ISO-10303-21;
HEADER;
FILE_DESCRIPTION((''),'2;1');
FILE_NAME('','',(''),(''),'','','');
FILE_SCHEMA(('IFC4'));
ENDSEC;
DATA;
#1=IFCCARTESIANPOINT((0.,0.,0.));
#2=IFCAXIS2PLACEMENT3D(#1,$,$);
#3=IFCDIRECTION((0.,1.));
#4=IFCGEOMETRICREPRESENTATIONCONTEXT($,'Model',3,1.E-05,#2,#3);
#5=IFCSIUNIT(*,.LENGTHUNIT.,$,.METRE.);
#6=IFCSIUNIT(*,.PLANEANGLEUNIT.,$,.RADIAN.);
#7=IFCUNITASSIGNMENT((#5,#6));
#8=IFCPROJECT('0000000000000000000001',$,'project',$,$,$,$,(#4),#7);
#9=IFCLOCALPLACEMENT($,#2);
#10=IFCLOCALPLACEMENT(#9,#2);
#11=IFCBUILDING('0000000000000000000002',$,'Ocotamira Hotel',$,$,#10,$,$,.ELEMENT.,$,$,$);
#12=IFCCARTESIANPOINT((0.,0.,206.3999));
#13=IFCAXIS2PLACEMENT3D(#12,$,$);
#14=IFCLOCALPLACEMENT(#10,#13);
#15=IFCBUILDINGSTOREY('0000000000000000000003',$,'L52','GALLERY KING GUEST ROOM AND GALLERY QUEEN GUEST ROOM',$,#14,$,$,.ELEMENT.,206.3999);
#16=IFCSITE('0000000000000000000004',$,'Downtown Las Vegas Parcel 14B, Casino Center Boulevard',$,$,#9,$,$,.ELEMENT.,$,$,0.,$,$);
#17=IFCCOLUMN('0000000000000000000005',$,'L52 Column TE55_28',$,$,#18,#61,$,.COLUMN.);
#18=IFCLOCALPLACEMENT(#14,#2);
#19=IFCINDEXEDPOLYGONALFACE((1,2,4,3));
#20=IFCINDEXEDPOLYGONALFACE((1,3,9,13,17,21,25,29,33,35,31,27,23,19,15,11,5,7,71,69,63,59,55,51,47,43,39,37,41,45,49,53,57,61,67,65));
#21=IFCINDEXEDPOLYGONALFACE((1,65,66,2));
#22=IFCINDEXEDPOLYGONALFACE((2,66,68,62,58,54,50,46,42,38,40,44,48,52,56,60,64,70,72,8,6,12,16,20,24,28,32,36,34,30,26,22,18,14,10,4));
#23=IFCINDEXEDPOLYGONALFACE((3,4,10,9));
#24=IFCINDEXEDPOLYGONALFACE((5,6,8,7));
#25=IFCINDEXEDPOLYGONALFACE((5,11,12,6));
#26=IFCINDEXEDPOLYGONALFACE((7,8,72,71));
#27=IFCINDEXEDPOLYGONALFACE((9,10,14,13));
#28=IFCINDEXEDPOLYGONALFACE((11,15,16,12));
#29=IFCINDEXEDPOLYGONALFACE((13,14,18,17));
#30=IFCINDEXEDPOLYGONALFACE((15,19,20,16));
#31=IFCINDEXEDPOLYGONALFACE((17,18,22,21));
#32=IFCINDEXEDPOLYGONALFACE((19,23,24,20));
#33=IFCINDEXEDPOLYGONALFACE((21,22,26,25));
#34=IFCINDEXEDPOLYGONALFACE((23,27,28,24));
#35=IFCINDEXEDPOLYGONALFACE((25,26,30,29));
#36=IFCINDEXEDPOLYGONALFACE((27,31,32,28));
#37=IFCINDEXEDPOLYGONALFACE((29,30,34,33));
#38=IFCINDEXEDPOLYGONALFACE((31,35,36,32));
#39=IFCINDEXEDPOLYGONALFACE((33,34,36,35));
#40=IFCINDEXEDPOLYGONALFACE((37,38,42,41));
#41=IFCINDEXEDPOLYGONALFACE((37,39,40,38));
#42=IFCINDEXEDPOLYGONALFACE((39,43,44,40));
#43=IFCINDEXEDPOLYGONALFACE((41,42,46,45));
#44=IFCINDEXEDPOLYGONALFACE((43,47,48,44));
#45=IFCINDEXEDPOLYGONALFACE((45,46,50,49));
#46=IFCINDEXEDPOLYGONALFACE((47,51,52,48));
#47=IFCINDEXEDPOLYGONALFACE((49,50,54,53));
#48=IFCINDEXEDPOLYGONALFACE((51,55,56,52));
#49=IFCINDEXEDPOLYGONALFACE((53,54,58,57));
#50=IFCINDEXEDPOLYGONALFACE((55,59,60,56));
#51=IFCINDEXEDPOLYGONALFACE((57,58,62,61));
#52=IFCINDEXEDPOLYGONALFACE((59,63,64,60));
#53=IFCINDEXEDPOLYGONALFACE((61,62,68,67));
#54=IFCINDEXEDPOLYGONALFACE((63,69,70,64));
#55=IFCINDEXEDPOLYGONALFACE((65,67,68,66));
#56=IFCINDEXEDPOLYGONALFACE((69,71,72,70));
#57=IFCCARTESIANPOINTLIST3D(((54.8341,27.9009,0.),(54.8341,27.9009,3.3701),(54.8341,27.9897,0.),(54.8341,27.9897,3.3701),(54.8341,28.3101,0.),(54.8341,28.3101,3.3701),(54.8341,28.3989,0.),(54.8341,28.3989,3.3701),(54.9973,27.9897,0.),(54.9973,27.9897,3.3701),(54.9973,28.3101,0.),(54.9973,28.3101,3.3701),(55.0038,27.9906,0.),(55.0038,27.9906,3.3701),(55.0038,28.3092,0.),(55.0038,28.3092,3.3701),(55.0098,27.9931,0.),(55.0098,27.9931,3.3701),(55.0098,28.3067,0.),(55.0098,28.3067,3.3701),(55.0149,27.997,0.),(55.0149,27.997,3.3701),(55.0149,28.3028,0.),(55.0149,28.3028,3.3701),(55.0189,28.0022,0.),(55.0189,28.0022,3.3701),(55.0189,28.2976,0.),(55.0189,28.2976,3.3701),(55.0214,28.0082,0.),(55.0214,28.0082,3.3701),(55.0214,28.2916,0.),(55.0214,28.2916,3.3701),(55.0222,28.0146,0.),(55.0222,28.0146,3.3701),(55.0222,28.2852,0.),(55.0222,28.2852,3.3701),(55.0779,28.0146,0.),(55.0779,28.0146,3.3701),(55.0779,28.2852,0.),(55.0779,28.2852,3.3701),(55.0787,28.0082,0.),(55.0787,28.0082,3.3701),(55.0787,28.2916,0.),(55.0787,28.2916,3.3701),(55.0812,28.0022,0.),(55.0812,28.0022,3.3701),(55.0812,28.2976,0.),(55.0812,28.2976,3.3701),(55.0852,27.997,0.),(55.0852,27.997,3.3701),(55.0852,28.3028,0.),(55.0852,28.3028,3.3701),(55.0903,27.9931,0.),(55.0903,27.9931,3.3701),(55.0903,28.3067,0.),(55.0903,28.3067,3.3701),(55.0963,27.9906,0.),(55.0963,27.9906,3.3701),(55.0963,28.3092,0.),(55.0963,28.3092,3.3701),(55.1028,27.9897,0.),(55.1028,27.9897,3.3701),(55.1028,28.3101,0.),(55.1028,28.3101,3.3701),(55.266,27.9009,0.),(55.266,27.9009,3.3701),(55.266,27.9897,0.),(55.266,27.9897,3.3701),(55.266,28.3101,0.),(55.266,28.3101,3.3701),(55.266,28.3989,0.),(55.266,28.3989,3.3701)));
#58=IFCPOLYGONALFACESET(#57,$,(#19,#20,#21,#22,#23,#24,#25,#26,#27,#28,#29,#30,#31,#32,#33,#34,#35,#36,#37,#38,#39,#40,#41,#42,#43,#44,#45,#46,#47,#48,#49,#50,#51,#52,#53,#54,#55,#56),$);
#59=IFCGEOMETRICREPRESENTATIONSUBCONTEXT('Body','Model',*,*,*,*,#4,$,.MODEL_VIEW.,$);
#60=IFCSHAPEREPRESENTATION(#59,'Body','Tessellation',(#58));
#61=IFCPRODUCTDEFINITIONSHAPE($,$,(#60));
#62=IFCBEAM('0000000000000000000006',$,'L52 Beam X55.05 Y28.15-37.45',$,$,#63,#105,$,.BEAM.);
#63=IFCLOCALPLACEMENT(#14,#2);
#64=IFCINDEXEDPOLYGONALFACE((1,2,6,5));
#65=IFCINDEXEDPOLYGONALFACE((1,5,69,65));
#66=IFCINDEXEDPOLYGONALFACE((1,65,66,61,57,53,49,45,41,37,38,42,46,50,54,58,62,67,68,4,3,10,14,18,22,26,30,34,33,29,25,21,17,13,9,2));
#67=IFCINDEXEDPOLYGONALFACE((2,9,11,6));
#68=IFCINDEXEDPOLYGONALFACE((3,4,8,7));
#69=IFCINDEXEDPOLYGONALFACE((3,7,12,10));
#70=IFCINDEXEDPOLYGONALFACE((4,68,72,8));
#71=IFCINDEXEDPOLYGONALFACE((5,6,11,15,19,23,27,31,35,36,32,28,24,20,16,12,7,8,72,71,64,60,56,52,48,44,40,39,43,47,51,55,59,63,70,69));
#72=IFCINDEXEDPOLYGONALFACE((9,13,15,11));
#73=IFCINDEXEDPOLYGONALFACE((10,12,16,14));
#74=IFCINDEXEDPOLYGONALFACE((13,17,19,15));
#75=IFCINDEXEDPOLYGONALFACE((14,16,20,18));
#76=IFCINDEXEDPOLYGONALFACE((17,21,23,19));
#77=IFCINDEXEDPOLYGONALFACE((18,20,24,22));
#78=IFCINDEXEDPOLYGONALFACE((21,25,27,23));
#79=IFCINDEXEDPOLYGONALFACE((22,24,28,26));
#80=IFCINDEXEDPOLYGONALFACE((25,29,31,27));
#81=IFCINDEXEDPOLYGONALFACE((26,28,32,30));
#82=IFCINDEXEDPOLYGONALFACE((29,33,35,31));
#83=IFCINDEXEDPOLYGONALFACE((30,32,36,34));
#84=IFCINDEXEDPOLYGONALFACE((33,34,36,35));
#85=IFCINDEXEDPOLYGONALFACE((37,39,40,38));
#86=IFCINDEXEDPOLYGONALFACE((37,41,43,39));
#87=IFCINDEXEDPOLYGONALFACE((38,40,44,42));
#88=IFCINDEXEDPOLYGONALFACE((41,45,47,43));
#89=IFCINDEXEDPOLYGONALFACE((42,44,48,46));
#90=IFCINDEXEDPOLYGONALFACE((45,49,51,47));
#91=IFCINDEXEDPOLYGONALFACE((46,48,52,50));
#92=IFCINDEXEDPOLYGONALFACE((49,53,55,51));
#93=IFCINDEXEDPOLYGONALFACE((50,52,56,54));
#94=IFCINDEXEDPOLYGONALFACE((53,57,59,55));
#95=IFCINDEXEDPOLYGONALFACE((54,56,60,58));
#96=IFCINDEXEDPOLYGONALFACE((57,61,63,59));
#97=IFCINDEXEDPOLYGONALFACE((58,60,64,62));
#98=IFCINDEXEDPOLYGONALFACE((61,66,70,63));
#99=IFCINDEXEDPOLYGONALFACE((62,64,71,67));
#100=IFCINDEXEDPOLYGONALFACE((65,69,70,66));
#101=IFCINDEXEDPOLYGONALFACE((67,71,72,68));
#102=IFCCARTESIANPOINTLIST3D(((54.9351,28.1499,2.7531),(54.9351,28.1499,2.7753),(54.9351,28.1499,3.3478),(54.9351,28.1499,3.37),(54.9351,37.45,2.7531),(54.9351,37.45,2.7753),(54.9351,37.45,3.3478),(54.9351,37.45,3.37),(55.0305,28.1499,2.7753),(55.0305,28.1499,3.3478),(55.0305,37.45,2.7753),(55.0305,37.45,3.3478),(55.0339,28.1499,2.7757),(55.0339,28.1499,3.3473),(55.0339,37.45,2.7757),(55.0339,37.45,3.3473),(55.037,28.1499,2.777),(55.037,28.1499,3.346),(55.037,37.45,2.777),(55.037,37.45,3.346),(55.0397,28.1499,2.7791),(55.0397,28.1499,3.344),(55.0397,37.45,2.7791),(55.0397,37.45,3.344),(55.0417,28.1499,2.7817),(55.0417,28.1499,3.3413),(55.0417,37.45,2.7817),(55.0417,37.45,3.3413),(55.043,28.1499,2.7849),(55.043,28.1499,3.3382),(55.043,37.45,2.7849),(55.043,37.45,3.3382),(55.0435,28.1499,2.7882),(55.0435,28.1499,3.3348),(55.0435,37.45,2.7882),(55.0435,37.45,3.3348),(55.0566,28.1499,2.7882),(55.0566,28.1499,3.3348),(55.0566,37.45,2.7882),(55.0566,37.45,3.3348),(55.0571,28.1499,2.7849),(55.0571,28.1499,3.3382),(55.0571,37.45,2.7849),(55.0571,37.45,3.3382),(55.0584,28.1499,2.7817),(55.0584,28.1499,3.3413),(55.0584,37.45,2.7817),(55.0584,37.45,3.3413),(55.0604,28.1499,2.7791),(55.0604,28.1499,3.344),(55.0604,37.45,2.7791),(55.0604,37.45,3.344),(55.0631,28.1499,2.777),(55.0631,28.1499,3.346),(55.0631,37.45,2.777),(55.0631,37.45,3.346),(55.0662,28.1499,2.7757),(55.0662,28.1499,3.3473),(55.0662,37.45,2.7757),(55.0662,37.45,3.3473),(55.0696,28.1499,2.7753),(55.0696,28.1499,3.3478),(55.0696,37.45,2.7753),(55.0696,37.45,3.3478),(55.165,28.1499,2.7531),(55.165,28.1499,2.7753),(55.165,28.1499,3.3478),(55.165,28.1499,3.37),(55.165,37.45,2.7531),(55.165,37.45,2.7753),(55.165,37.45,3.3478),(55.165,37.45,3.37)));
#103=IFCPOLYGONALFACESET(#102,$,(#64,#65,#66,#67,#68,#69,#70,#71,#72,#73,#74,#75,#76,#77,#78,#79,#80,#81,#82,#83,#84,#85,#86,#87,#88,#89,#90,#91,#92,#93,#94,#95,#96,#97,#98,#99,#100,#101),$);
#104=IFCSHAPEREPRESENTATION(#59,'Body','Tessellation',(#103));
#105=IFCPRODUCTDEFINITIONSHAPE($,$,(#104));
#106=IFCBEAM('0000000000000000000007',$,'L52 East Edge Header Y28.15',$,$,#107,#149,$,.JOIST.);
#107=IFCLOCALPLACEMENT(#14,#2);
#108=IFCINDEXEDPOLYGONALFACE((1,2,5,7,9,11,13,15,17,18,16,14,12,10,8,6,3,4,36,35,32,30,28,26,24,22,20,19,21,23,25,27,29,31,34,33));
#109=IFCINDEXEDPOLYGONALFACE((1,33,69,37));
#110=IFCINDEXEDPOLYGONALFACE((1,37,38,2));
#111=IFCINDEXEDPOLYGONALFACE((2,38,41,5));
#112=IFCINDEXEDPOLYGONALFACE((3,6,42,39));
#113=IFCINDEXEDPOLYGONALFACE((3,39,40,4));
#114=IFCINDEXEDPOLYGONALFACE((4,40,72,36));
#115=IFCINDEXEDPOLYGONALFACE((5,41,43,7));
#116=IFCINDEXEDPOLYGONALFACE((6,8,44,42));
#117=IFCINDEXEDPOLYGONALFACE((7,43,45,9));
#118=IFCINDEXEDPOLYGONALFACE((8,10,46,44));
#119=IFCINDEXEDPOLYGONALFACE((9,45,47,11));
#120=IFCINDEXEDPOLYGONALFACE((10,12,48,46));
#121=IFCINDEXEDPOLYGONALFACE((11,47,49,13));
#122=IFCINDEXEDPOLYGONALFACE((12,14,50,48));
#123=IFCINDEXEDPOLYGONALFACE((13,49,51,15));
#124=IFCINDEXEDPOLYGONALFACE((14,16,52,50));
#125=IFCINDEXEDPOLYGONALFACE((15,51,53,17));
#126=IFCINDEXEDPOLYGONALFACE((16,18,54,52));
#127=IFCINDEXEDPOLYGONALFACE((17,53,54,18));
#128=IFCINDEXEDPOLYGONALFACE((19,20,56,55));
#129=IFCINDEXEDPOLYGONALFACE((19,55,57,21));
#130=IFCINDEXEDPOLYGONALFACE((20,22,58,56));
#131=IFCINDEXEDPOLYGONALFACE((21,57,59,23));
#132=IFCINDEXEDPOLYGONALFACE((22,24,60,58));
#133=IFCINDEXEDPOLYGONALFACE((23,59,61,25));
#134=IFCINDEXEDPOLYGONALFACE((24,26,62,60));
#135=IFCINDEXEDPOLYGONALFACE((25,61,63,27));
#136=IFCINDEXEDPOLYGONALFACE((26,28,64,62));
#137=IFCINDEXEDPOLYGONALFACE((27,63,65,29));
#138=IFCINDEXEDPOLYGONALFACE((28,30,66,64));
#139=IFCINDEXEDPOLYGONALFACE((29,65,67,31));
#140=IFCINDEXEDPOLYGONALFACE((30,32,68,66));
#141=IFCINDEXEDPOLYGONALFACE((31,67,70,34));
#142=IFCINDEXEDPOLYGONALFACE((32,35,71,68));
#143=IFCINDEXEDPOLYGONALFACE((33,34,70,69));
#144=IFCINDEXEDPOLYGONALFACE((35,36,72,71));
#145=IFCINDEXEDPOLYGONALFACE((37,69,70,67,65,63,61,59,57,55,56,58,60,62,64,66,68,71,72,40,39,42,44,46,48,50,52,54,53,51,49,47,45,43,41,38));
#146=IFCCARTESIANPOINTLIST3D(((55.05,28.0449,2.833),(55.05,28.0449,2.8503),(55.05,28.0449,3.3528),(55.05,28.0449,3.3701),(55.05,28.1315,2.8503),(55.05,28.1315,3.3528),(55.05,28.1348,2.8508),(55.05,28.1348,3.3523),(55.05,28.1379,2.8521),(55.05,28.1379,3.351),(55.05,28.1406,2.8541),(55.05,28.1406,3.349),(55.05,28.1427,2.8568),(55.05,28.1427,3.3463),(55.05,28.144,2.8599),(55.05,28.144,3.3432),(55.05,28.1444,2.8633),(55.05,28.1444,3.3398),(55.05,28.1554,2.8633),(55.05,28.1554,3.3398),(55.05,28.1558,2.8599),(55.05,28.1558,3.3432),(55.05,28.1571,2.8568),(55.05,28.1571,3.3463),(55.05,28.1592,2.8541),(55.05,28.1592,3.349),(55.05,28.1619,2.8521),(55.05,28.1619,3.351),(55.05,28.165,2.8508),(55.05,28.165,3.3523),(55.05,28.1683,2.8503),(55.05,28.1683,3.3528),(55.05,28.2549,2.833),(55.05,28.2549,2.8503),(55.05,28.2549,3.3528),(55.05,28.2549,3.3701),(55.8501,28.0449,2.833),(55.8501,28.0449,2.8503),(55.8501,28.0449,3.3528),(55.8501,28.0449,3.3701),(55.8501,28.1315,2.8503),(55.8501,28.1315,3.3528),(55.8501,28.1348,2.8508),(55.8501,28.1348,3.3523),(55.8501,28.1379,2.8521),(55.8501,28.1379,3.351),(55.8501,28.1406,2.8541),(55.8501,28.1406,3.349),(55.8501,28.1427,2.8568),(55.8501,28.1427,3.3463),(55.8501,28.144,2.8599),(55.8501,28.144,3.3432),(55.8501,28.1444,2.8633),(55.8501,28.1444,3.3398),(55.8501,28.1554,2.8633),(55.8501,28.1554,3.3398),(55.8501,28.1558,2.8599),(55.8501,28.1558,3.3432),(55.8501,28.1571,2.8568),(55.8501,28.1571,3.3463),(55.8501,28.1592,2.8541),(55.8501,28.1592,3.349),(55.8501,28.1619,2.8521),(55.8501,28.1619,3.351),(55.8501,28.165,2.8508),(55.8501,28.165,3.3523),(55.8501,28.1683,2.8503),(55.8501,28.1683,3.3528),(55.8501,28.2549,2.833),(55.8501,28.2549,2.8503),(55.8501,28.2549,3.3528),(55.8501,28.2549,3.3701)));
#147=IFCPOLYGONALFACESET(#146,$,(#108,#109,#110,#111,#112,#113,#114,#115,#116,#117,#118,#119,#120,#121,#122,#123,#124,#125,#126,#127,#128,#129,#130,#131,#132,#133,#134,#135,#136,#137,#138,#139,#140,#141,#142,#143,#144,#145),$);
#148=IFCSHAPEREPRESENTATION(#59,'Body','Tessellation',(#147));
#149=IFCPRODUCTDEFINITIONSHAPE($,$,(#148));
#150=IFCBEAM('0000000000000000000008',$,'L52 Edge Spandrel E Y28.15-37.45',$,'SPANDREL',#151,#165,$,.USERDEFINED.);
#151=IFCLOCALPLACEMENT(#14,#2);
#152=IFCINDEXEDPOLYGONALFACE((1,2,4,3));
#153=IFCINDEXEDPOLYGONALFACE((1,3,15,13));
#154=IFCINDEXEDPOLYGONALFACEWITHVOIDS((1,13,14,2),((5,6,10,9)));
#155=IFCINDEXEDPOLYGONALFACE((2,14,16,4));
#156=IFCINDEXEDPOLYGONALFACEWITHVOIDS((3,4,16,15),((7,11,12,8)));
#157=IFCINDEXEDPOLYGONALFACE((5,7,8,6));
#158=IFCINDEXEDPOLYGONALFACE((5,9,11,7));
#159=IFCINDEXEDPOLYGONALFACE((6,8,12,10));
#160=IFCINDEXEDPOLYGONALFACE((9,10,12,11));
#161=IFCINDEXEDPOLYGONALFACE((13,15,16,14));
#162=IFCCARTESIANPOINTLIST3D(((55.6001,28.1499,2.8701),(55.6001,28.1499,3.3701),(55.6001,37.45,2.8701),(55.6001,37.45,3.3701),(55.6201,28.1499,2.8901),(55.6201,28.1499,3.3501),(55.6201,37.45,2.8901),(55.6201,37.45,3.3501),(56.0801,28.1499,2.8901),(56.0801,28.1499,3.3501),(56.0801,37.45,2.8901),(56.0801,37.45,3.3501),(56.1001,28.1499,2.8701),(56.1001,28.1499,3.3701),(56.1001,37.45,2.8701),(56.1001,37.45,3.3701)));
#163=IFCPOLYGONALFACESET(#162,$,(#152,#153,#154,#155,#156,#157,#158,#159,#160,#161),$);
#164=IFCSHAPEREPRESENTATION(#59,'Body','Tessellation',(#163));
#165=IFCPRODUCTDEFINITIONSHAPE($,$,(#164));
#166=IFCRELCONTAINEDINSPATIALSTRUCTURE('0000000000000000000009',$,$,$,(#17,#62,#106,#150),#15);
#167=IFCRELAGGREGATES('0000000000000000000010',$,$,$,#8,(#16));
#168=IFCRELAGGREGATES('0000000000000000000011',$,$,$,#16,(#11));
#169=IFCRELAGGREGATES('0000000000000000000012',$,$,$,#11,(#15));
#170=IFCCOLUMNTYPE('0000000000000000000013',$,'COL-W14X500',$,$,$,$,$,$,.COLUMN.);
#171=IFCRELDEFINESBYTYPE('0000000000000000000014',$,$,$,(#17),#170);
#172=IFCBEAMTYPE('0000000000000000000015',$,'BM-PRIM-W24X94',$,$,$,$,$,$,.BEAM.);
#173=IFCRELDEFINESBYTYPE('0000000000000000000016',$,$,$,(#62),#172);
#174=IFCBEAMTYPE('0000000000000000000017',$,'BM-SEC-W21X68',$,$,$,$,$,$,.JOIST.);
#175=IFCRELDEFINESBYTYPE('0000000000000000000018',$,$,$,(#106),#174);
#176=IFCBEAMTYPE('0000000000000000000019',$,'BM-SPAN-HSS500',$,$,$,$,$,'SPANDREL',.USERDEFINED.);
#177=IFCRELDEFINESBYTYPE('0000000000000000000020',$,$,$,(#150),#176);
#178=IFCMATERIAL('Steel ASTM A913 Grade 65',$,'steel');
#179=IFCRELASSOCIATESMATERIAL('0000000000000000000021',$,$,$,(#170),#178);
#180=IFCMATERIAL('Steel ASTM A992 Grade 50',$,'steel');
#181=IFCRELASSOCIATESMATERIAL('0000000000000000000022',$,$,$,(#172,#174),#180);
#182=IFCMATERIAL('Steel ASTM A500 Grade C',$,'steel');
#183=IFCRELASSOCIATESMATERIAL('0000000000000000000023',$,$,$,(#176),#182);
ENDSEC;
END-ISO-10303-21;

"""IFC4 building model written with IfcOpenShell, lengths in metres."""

from ifc_helpers import new_model, si_unit, direction, frame, origin, origin_2d, place, context, subcontext, project, spatial, hollow_rectangle, i_section, extrude, source, transform, mapped, material, material_profile, profile_set, type_object, element, save


model = new_model("IFC4")

# Units and contexts
model_context = context("Model", 3, precision=1e-05, world=origin(), true_north=direction((0.0, 1.0)))
body_context = subcontext(model_context, "Body", "Model", "MODEL_VIEW")
ifc_project = project(units=[si_unit("LENGTHUNIT", "METRE"), si_unit("PLANEANGLEUNIT", "RADIAN")], contexts=[model_context])

# Site, building, storey
site_placement = place(None, origin())
site = spatial("IfcSite", under=ifc_project, at=site_placement, Name="Downtown Las Vegas Parcel 14B, Casino Center Boulevard", CompositionType="ELEMENT", RefElevation=0.0)
building_placement = place(site_placement, origin())
building = spatial("IfcBuilding", under=site, at=building_placement, Name="Ocotamira Hotel", CompositionType="ELEMENT")
storey_placement = place(building_placement, frame((0.0, 0.0, 206.3999)))
storey = spatial("IfcBuildingStorey", under=building, at=storey_placement, Name="L52", Description="GALLERY KING GUEST ROOM AND GALLERY QUEEN GUEST ROOM", CompositionType="ELEMENT", Elevation=206.3999)

# Column
ifc_material_1 = material(Name="Steel ASTM A913 Grade 65", Category="steel")
ifc_material_profile_1 = material_profile(ifc_material_1, i_section(OverallWidth=0.4319, OverallDepth=0.498, WebThickness=0.0557, FlangeThickness=0.0889, FilletRadius=0.0249, at=origin_2d()), Name="W14X500")
ifc_profile_set_1 = profile_set([ifc_material_profile_1], Name="Steel ASTM A913 Grade 65")
column_type = type_object("IfcColumnType", Name="COL-W14X500", PredefinedType="COLUMN", material=ifc_profile_set_1)
shared_shape_1 = source(origin(), body_context, "Body", "SweptSolid", [
    extrude(i_section(OverallWidth=0.4319, OverallDepth=0.498, WebThickness=0.0557, FlangeThickness=0.0889, FilletRadius=0.0249, at=origin_2d()), origin(), (0.0, 0.0, 1.0), 3.3701),
])
column_placement = place(storey_placement, frame((55.05, 28.1499, 0.0), z_axis=(0.0, 0.0, 1.0), x_axis=(1.0, 0.0, 0.0)))
element("IfcColumn", 1, at=column_placement, inside=storey, type_object=column_type, Name="L52 Column TE55_28", PredefinedType="COLUMN", context=body_context, shape_type="MappedRepresentation", body=[
    mapped(shared_shape_1, transform((0.0, 0.0, 0.0), scale=1.0)),
])

# Beams
ifc_material_2 = material(Name="Steel ASTM A992 Grade 50", Category="steel")
ifc_material_profile_2 = material_profile(ifc_material_2, i_section(OverallWidth=0.23, OverallDepth=0.6169, WebThickness=0.0132, FlangeThickness=0.0222, FilletRadius=0.0129, at=origin_2d()), Name="W24X94")
ifc_profile_set_2 = profile_set([ifc_material_profile_2], Name="Steel ASTM A992 Grade 50")
beam_type_1 = type_object("IfcBeamType", Name="BM-PRIM-W24X94", PredefinedType="BEAM", material=ifc_profile_set_2)
shared_shape_2 = source(origin(), body_context, "Body", "SweptSolid", [
    extrude(i_section(OverallWidth=0.23, OverallDepth=0.6169, WebThickness=0.0132, FlangeThickness=0.0222, FilletRadius=0.0129, at=origin_2d()), origin(), (0.0, 0.0, 1.0), 9.3),
])
beam_1_placement = place(storey_placement, frame((55.05, 28.1499, 3.0615), z_axis=(0.0, 1.0, 0.0), x_axis=(-1.0, 0.0, 0.0)))
element("IfcBeam", 2, at=beam_1_placement, inside=storey, type_object=beam_type_1, Name="L52 Beam X55.05 Y28.15-37.45", PredefinedType="BEAM", context=body_context, shape_type="MappedRepresentation", body=[
    mapped(shared_shape_2, transform((0.0, 0.0, 0.0), scale=1.0)),
])
ifc_material_profile_3 = material_profile(ifc_material_2, i_section(OverallWidth=0.21, OverallDepth=0.5371, WebThickness=0.011, FlangeThickness=0.0173, FilletRadius=0.0129, at=origin_2d()), Name="W21X68")
ifc_profile_set_3 = profile_set([ifc_material_profile_3], Name="Steel ASTM A992 Grade 50")
beam_type_2 = type_object("IfcBeamType", Name="BM-SEC-W21X68", PredefinedType="JOIST", material=ifc_profile_set_3)
shared_shape_3 = source(origin(), body_context, "Body", "SweptSolid", [
    extrude(i_section(OverallWidth=0.21, OverallDepth=0.5371, WebThickness=0.011, FlangeThickness=0.0173, FilletRadius=0.0129, at=origin_2d()), origin(), (0.0, 0.0, 1.0), 0.8),
])
beam_2_placement = place(storey_placement, frame((55.05, 28.1499, 3.1016), z_axis=(1.0, 0.0, 0.0), x_axis=(0.0, 1.0, 0.0)))
element("IfcBeam", 3, at=beam_2_placement, inside=storey, type_object=beam_type_2, Name="L52 East Edge Header Y28.15", PredefinedType="JOIST", context=body_context, shape_type="MappedRepresentation", body=[
    mapped(shared_shape_3, transform((0.0, 0.0, 0.0), scale=1.0)),
])
ifc_material_3 = material(Name="Steel ASTM A500 Grade C", Category="steel")
ifc_material_profile_4 = material_profile(ifc_material_3, hollow_rectangle(XDim=0.5, YDim=0.5, WallThickness=0.02, at=origin_2d()), Name="HSS500X500X20")
ifc_profile_set_4 = profile_set([ifc_material_profile_4], Name="Steel ASTM A500 Grade C")
beam_type_3 = type_object("IfcBeamType", Name="BM-SPAN-HSS500", ElementType="SPANDREL", PredefinedType="USERDEFINED", material=ifc_profile_set_4)
shared_shape_4 = source(origin(), body_context, "Body", "SweptSolid", [
    extrude(hollow_rectangle(XDim=0.5, YDim=0.5, WallThickness=0.02, at=origin_2d()), origin(), (0.0, 0.0, 1.0), 9.3),
])
beam_3_placement = place(storey_placement, frame((55.8501, 28.1499, 3.1201), z_axis=(0.0, 1.0, 0.0), x_axis=(-1.0, 0.0, 0.0)))
element("IfcBeam", 4, at=beam_3_placement, inside=storey, type_object=beam_type_3, Name="L52 Edge Spandrel E Y28.15-37.45", ObjectType="SPANDREL", PredefinedType="USERDEFINED", context=body_context, shape_type="MappedRepresentation", body=[
    mapped(shared_shape_4, transform((0.0, 0.0, 0.0), scale=1.0)),
])

save(model, "model.ifc")
